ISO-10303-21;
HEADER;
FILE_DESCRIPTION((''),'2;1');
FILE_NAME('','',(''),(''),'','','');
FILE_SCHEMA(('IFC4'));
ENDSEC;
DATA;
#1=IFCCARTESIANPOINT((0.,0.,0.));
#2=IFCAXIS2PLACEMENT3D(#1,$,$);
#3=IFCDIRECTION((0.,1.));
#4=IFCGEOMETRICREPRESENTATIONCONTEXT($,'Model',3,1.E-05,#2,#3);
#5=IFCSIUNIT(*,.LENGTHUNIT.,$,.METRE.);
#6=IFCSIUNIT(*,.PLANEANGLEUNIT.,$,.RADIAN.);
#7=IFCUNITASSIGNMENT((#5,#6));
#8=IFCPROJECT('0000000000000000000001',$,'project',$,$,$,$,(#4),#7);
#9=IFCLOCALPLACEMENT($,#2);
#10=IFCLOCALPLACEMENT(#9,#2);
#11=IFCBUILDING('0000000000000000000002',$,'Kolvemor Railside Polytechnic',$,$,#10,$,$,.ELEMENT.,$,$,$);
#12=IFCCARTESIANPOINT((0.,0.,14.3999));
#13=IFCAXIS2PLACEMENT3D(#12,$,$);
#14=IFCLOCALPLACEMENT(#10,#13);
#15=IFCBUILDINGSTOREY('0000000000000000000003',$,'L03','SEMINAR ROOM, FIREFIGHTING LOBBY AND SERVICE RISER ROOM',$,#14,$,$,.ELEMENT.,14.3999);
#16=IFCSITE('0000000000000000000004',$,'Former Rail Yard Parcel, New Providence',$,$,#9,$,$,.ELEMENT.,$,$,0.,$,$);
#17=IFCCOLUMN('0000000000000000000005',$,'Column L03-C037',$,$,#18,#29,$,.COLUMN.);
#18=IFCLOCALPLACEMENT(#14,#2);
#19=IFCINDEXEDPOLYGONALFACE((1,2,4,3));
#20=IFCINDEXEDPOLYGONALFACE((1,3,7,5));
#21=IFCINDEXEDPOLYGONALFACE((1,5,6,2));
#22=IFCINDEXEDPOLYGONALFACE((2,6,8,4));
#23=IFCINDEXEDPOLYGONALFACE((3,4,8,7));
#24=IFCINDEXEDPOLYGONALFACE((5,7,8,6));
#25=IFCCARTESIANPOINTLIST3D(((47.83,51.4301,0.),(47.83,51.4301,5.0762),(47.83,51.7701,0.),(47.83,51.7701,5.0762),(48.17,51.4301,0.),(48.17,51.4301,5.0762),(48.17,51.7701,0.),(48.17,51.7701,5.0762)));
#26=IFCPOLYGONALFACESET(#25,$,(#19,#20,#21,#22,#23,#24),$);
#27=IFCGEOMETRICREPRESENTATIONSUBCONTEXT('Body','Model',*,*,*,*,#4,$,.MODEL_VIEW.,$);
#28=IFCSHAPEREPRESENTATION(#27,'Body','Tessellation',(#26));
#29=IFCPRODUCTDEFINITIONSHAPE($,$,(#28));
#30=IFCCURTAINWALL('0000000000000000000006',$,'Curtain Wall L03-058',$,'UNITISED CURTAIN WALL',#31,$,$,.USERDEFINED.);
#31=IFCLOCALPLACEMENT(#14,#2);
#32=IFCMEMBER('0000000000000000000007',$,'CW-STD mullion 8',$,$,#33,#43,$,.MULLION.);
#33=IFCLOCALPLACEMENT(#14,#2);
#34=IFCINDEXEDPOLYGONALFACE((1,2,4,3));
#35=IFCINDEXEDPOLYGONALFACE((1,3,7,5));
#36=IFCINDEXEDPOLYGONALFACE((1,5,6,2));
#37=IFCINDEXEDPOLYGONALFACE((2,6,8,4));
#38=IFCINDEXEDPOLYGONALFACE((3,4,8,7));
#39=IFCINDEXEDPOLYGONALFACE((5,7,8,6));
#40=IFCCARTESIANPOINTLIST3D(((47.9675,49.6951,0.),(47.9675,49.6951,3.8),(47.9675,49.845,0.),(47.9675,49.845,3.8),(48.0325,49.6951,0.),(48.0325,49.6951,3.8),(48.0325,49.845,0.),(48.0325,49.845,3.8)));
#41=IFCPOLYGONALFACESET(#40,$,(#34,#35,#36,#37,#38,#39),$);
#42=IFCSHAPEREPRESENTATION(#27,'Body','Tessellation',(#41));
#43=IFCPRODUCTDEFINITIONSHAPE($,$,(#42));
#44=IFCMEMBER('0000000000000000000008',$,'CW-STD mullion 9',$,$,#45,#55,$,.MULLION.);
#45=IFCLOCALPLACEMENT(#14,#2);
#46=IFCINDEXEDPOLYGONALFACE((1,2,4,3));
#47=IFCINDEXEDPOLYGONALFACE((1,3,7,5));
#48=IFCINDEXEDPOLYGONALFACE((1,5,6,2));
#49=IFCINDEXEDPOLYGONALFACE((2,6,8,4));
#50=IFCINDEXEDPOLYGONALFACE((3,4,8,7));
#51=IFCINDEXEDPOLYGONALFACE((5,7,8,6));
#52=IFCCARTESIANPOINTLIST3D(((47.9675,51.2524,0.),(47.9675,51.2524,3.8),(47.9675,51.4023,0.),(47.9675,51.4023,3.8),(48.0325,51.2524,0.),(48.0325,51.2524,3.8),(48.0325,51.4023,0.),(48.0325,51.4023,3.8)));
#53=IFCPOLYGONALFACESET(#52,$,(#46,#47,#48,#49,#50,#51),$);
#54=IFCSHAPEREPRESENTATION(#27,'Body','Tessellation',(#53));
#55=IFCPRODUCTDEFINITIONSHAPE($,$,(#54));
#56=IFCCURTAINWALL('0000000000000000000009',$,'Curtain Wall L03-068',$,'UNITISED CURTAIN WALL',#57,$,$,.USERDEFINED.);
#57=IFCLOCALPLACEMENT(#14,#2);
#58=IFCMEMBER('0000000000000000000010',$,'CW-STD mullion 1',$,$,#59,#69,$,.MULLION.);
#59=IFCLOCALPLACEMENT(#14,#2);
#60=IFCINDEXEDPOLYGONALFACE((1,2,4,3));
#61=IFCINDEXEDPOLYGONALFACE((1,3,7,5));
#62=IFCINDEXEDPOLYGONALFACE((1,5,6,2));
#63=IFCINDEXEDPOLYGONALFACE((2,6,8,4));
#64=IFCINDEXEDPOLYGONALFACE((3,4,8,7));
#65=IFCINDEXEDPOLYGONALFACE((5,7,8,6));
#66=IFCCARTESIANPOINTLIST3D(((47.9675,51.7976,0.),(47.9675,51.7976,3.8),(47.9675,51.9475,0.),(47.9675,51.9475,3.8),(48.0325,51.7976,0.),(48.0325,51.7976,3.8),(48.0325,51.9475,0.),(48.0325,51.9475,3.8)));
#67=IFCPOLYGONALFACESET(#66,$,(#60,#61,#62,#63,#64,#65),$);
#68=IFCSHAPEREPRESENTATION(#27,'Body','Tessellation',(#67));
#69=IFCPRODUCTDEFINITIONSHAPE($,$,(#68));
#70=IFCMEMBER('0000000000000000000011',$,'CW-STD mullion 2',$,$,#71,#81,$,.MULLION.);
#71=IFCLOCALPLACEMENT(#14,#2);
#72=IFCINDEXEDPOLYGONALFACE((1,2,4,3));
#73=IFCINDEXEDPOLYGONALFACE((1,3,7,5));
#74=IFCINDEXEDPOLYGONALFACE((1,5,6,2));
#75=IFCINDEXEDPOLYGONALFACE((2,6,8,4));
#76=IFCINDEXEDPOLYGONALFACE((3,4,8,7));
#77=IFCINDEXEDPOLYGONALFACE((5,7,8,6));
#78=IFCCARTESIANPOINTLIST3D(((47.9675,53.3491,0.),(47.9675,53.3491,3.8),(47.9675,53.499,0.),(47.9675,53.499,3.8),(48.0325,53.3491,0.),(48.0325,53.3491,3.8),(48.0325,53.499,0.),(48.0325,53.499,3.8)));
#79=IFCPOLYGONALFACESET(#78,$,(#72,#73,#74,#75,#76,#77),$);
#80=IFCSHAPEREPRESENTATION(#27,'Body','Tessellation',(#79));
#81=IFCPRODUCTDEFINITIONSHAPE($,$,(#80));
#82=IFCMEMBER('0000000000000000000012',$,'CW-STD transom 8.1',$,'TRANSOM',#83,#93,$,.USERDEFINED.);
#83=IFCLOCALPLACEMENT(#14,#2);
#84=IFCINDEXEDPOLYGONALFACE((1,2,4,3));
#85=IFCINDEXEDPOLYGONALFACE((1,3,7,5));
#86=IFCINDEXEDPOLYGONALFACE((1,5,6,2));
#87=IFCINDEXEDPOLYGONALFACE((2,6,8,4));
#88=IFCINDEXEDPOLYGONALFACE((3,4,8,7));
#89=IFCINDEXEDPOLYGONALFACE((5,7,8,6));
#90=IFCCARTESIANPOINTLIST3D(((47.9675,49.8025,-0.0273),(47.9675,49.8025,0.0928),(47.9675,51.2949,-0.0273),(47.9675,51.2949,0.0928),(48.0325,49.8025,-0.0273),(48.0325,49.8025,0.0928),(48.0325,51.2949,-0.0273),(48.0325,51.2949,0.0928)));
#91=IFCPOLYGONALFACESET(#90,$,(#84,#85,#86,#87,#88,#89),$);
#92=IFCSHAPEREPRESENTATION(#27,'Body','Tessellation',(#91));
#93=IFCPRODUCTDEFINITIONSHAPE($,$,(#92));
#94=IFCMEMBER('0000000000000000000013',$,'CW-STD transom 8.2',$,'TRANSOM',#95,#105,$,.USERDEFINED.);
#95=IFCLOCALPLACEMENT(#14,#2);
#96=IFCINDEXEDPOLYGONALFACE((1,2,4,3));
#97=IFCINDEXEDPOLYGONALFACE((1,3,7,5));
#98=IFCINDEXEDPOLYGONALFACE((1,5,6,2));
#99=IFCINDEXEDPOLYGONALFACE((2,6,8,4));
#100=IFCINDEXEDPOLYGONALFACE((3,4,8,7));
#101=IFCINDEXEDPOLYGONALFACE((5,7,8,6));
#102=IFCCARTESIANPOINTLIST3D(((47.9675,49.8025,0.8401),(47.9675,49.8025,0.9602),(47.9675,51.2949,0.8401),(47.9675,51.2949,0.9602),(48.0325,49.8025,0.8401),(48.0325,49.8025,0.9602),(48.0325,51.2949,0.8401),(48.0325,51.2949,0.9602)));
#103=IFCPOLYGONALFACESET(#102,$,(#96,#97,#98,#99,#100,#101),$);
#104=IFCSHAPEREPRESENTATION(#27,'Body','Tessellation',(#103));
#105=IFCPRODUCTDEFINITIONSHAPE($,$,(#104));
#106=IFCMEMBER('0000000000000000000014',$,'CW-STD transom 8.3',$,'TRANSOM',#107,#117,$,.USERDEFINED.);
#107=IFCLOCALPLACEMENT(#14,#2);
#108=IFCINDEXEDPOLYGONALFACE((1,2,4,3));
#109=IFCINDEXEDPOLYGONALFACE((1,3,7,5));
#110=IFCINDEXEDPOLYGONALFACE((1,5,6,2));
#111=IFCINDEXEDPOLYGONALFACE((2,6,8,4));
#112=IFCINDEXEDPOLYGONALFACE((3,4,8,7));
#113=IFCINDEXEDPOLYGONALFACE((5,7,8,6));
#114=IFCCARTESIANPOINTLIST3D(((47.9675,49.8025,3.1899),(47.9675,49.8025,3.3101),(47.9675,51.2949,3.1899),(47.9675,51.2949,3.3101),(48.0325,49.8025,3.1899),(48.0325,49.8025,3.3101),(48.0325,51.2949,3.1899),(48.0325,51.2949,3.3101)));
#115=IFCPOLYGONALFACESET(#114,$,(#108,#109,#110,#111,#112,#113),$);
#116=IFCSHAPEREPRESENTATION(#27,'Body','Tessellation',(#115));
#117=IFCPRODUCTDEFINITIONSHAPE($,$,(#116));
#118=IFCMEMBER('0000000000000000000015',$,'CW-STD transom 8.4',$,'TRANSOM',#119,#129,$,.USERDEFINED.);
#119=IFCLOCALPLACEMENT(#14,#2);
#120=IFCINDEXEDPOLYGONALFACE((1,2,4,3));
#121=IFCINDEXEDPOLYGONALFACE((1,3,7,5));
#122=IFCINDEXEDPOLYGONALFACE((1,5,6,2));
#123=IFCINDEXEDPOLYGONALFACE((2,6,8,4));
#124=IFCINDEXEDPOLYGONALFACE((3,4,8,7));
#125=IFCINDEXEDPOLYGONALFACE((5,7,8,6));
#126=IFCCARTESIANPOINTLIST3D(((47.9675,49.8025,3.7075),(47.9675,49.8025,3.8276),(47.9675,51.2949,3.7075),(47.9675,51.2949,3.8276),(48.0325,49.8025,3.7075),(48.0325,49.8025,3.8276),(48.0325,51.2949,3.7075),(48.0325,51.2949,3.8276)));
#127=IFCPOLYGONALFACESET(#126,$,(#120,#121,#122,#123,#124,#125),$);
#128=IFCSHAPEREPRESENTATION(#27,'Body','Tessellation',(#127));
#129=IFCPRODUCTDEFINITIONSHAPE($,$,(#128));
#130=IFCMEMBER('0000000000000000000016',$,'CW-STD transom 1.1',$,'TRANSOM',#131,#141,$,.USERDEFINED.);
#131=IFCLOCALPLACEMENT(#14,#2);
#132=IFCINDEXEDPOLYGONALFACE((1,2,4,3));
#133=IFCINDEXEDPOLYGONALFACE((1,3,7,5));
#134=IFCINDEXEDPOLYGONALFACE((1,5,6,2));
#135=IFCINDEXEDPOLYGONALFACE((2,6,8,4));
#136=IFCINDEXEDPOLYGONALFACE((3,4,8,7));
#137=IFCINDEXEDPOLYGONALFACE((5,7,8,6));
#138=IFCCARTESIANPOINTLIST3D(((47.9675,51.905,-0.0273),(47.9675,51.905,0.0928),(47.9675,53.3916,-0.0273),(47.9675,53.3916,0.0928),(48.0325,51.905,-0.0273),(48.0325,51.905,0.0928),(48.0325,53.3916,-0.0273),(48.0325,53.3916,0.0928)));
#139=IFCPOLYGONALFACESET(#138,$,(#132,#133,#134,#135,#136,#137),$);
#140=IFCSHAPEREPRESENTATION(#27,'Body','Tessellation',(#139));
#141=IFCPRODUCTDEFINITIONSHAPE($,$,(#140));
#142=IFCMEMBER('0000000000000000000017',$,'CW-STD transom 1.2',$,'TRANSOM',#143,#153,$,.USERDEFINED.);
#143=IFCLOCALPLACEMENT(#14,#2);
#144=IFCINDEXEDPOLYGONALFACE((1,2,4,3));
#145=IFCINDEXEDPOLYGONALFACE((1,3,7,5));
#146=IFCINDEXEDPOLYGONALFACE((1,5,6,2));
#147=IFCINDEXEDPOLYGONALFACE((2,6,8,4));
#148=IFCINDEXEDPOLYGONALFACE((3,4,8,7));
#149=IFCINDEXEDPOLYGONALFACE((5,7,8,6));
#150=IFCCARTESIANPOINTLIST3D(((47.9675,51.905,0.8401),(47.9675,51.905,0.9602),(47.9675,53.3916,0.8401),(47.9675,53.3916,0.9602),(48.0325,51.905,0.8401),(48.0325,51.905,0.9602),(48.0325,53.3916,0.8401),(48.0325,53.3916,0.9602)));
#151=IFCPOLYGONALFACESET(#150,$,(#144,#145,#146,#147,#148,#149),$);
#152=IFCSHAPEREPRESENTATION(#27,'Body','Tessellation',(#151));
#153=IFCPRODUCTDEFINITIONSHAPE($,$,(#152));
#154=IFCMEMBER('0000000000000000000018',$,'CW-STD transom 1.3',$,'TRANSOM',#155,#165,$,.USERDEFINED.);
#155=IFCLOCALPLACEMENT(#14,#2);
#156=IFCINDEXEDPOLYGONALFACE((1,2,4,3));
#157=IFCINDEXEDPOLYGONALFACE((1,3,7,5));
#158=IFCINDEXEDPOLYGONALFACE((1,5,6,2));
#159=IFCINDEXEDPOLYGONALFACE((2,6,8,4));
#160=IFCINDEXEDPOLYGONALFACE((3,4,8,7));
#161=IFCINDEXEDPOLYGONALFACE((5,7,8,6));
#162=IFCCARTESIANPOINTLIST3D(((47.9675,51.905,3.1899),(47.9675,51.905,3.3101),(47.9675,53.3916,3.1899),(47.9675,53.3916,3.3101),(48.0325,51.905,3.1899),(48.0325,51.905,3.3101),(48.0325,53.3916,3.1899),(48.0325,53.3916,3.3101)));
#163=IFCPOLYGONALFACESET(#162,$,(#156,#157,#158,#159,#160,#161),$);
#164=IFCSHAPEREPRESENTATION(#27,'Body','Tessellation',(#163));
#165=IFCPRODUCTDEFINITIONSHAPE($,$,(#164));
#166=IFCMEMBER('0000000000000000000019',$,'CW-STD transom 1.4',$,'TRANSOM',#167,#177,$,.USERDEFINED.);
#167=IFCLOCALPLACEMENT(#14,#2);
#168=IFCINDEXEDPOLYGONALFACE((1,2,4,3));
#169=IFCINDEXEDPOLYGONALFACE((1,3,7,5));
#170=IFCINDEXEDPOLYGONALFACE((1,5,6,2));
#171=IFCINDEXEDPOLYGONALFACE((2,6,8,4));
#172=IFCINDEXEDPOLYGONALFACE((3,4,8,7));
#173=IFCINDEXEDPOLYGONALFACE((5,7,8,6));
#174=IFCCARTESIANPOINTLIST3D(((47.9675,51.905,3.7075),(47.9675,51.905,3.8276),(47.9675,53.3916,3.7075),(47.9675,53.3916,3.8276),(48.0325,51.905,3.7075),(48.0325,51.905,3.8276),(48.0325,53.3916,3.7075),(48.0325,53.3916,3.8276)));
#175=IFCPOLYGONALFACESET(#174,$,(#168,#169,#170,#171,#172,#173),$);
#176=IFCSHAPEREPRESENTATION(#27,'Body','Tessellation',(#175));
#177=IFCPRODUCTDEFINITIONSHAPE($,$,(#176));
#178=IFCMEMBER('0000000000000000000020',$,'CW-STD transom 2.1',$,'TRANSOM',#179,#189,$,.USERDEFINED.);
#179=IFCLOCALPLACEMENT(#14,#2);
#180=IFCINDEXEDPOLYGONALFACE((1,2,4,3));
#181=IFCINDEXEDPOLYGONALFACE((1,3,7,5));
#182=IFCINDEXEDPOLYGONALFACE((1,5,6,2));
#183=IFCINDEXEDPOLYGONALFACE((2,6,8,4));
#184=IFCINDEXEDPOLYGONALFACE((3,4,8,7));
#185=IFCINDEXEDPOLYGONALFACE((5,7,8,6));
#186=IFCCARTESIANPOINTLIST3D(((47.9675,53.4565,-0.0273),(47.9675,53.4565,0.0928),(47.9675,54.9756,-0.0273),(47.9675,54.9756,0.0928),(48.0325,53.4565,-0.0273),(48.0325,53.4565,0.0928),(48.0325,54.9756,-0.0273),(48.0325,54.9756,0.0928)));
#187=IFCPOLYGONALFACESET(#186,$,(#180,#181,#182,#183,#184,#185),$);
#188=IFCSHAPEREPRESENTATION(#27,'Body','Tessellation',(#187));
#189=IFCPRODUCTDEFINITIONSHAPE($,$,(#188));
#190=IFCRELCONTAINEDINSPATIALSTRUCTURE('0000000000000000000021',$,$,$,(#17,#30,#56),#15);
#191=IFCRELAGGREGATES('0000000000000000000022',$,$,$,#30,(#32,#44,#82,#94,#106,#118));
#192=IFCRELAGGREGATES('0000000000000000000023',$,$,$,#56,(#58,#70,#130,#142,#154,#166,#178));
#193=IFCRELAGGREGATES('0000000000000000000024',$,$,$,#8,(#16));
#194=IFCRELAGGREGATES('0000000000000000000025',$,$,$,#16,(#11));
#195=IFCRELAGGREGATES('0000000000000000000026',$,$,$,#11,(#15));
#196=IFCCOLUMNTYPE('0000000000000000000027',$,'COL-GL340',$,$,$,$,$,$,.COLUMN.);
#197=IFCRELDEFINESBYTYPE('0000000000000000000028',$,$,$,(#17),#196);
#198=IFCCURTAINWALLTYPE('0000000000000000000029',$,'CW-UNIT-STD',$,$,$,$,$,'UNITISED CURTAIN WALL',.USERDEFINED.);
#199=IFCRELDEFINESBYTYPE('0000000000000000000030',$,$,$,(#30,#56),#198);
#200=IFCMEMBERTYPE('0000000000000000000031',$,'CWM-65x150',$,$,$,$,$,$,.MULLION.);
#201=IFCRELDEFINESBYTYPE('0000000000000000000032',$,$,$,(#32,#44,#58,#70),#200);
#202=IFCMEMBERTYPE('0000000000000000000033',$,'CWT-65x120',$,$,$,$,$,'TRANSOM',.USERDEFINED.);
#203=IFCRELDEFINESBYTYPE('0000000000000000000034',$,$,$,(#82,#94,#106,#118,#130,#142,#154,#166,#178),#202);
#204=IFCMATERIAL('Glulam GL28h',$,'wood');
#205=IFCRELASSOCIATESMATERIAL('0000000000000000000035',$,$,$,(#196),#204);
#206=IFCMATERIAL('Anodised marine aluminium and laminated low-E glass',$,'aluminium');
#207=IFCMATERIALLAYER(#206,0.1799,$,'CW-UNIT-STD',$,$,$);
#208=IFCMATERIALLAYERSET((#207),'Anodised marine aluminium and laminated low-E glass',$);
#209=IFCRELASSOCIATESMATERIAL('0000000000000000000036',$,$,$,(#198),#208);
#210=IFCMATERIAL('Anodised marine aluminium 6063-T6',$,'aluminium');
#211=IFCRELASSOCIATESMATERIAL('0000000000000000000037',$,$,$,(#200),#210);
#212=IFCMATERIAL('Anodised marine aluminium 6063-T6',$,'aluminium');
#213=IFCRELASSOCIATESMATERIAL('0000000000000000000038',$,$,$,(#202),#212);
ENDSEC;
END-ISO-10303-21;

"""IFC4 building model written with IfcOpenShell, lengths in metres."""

from ifc_helpers import new_model, si_unit, direction, frame, origin, origin_2d, place, context, subcontext, project, spatial, rectangle, extrude, material, layer, layer_set, material_profile, profile_set, type_object, element, aggregate, save


model = new_model("IFC4")

# Units and contexts
model_context = context("Model", 3, precision=1e-05, world=origin(), true_north=direction((0.0, 1.0)))
body_context = subcontext(model_context, "Body", "Model", "MODEL_VIEW")
ifc_project = project(units=[si_unit("LENGTHUNIT", "METRE"), si_unit("PLANEANGLEUNIT", "RADIAN")], contexts=[model_context])

# Site, building, storey
site_placement = place(None, origin())
site = spatial("IfcSite", under=ifc_project, at=site_placement, Name="Former Rail Yard Parcel, New Providence", CompositionType="ELEMENT", RefElevation=0.0)
building_placement = place(site_placement, origin())
building = spatial("IfcBuilding", under=site, at=building_placement, Name="Kolvemor Railside Polytechnic", CompositionType="ELEMENT")
storey_placement = place(building_placement, frame((0.0, 0.0, 14.3999)))
storey = spatial("IfcBuildingStorey", under=building, at=storey_placement, Name="L03", Description="SEMINAR ROOM, FIREFIGHTING LOBBY AND SERVICE RISER ROOM", CompositionType="ELEMENT", Elevation=14.3999)

# Column
ifc_material_1 = material(Name="Glulam GL28h", Category="wood")
ifc_material_profile_1 = material_profile(ifc_material_1, rectangle(XDim=0.3401, YDim=0.3401, at=origin_2d()), Name="GL340x340")
ifc_profile_set_1 = profile_set([ifc_material_profile_1], Name="Glulam GL28h")
column_type = type_object("IfcColumnType", Name="COL-GL340", PredefinedType="COLUMN", material=ifc_profile_set_1)
column_placement = place(storey_placement, frame((48.0, 51.6001, 0.0), z_axis=(0.0, 0.0, 1.0), x_axis=(1.0, 0.0, 0.0)))
element("IfcColumn", 1, at=column_placement, inside=storey, type_object=column_type, Name="Column L03-C037", PredefinedType="COLUMN", context=body_context, shape_type="SweptSolid", body=[
    extrude(rectangle(XDim=0.3401, YDim=0.3401, at=origin_2d()), origin(), (0.0, 0.0, 1.0), 5.0762),
])

# Curtain walls, members
ifc_material_2 = material(Name="Anodised marine aluminium and laminated low-E glass", Category="aluminium")
ifc_layer_1 = layer(ifc_material_2, 0.1799, Name="CW-UNIT-STD")
ifc_layer_set_1 = layer_set([ifc_layer_1], Name="Anodised marine aluminium and laminated low-E glass")
curtain_wall_type = type_object("IfcCurtainWallType", Name="CW-UNIT-STD", ElementType="UNITISED CURTAIN WALL", PredefinedType="USERDEFINED", material=ifc_layer_set_1)
curtain_wall_1_placement = place(storey_placement, origin())
curtain_wall_1 = element("IfcCurtainWall", 2, at=curtain_wall_1_placement, inside=storey, type_object=curtain_wall_type, Name="Curtain Wall L03-058", ObjectType="UNITISED CURTAIN WALL", PredefinedType="USERDEFINED")
ifc_material_3 = material(Name="Anodised marine aluminium 6063-T6", Category="aluminium")
ifc_material_profile_2 = material_profile(ifc_material_3, rectangle(XDim=0.0649, YDim=0.1499, at=origin_2d()), Name="CW-MUL-65x150")
ifc_profile_set_2 = profile_set([ifc_material_profile_2], Name="Anodised marine aluminium 6063-T6")
member_type_1 = type_object("IfcMemberType", Name="CWM-65x150", PredefinedType="MULLION", material=ifc_profile_set_2)
member_1_placement = place(storey_placement, frame((48.0, 49.77, 0.0), z_axis=(0.0, 0.0, 1.0), x_axis=(-1.0, 0.0, 0.0)))
member_1 = element("IfcMember", 3, at=member_1_placement, type_object=member_type_1, Name="CW-STD mullion 8", PredefinedType="MULLION", context=body_context, shape_type="SweptSolid", body=[
    extrude(rectangle(XDim=0.0649, YDim=0.1499, at=origin_2d()), origin(), (0.0, 0.0, 1.0), 3.8),
])
member_2_placement = place(storey_placement, frame((48.0, 51.3274, 0.0), z_axis=(0.0, 0.0, 1.0), x_axis=(-1.0, 0.0, 0.0)))
member_2 = element("IfcMember", 4, at=member_2_placement, type_object=member_type_1, Name="CW-STD mullion 9", PredefinedType="MULLION", context=body_context, shape_type="SweptSolid", body=[
    extrude(rectangle(XDim=0.0649, YDim=0.1499, at=origin_2d()), origin(), (0.0, 0.0, 1.0), 3.8),
])
curtain_wall_2_placement = place(storey_placement, origin())
curtain_wall_2 = element("IfcCurtainWall", 5, at=curtain_wall_2_placement, inside=storey, type_object=curtain_wall_type, Name="Curtain Wall L03-068", ObjectType="UNITISED CURTAIN WALL", PredefinedType="USERDEFINED")
member_3_placement = place(storey_placement, frame((48.0, 51.8726, 0.0), z_axis=(0.0, 0.0, 1.0), x_axis=(-1.0, 0.0, 0.0)))
member_3 = element("IfcMember", 6, at=member_3_placement, type_object=member_type_1, Name="CW-STD mullion 1", PredefinedType="MULLION", context=body_context, shape_type="SweptSolid", body=[
    extrude(rectangle(XDim=0.0649, YDim=0.1499, at=origin_2d()), origin(), (0.0, 0.0, 1.0), 3.8),
])
member_4_placement = place(storey_placement, frame((48.0, 53.4241, 0.0), z_axis=(0.0, 0.0, 1.0), x_axis=(-1.0, 0.0, 0.0)))
member_4 = element("IfcMember", 7, at=member_4_placement, type_object=member_type_1, Name="CW-STD mullion 2", PredefinedType="MULLION", context=body_context, shape_type="SweptSolid", body=[
    extrude(rectangle(XDim=0.0649, YDim=0.1499, at=origin_2d()), origin(), (0.0, 0.0, 1.0), 3.8),
])

# Members
ifc_material_4 = material(Name="Anodised marine aluminium 6063-T6", Category="aluminium")
ifc_material_profile_3 = material_profile(ifc_material_4, rectangle(XDim=0.0649, YDim=0.1201, at=origin_2d()), Name="CW-TRN-65x120")
ifc_profile_set_3 = profile_set([ifc_material_profile_3], Name="Anodised marine aluminium 6063-T6")
member_type_2 = type_object("IfcMemberType", Name="CWT-65x120", ElementType="TRANSOM", PredefinedType="USERDEFINED", material=ifc_profile_set_3)
member_5_placement = place(storey_placement, frame((48.0, 49.8025, 0.0327), z_axis=(0.0, 1.0, 0.0), x_axis=(-1.0, 0.0, 0.0)))
member_5 = element("IfcMember", 8, at=member_5_placement, type_object=member_type_2, Name="CW-STD transom 8.1", ObjectType="TRANSOM", PredefinedType="USERDEFINED", context=body_context, shape_type="SweptSolid", body=[
    extrude(rectangle(XDim=0.0649, YDim=0.1201, at=origin_2d()), origin(), (0.0, 0.0, 1.0), 1.4924),
])
member_6_placement = place(storey_placement, frame((48.0, 49.8025, 0.9001), z_axis=(0.0, 1.0, 0.0), x_axis=(-1.0, 0.0, 0.0)))
member_6 = element("IfcMember", 9, at=member_6_placement, type_object=member_type_2, Name="CW-STD transom 8.2", ObjectType="TRANSOM", PredefinedType="USERDEFINED", context=body_context, shape_type="SweptSolid", body=[
    extrude(rectangle(XDim=0.0649, YDim=0.1201, at=origin_2d()), origin(), (0.0, 0.0, 1.0), 1.4924),
])
member_7_placement = place(storey_placement, frame((48.0, 49.8025, 3.25), z_axis=(0.0, 1.0, 0.0), x_axis=(-1.0, 0.0, 0.0)))
member_7 = element("IfcMember", 10, at=member_7_placement, type_object=member_type_2, Name="CW-STD transom 8.3", ObjectType="TRANSOM", PredefinedType="USERDEFINED", context=body_context, shape_type="SweptSolid", body=[
    extrude(rectangle(XDim=0.0649, YDim=0.1201, at=origin_2d()), origin(), (0.0, 0.0, 1.0), 1.4924),
])
member_8_placement = place(storey_placement, frame((48.0, 49.8025, 3.7676), z_axis=(0.0, 1.0, 0.0), x_axis=(-1.0, 0.0, 0.0)))
member_8 = element("IfcMember", 11, at=member_8_placement, type_object=member_type_2, Name="CW-STD transom 8.4", ObjectType="TRANSOM", PredefinedType="USERDEFINED", context=body_context, shape_type="SweptSolid", body=[
    extrude(rectangle(XDim=0.0649, YDim=0.1201, at=origin_2d()), origin(), (0.0, 0.0, 1.0), 1.4924),
])
member_9_placement = place(storey_placement, frame((48.0, 51.905, 0.0327), z_axis=(0.0, 1.0, 0.0), x_axis=(-1.0, 0.0, 0.0)))
member_9 = element("IfcMember", 12, at=member_9_placement, type_object=member_type_2, Name="CW-STD transom 1.1", ObjectType="TRANSOM", PredefinedType="USERDEFINED", context=body_context, shape_type="SweptSolid", body=[
    extrude(rectangle(XDim=0.0649, YDim=0.1201, at=origin_2d()), origin(), (0.0, 0.0, 1.0), 1.4866),
])
member_10_placement = place(storey_placement, frame((48.0, 51.905, 0.9001), z_axis=(0.0, 1.0, 0.0), x_axis=(-1.0, 0.0, 0.0)))
member_10 = element("IfcMember", 13, at=member_10_placement, type_object=member_type_2, Name="CW-STD transom 1.2", ObjectType="TRANSOM", PredefinedType="USERDEFINED", context=body_context, shape_type="SweptSolid", body=[
    extrude(rectangle(XDim=0.0649, YDim=0.1201, at=origin_2d()), origin(), (0.0, 0.0, 1.0), 1.4866),
])
member_11_placement = place(storey_placement, frame((48.0, 51.905, 3.25), z_axis=(0.0, 1.0, 0.0), x_axis=(-1.0, 0.0, 0.0)))
member_11 = element("IfcMember", 14, at=member_11_placement, type_object=member_type_2, Name="CW-STD transom 1.3", ObjectType="TRANSOM", PredefinedType="USERDEFINED", context=body_context, shape_type="SweptSolid", body=[
    extrude(rectangle(XDim=0.0649, YDim=0.1201, at=origin_2d()), origin(), (0.0, 0.0, 1.0), 1.4866),
])
member_12_placement = place(storey_placement, frame((48.0, 51.905, 3.7676), z_axis=(0.0, 1.0, 0.0), x_axis=(-1.0, 0.0, 0.0)))
member_12 = element("IfcMember", 15, at=member_12_placement, type_object=member_type_2, Name="CW-STD transom 1.4", ObjectType="TRANSOM", PredefinedType="USERDEFINED", context=body_context, shape_type="SweptSolid", body=[
    extrude(rectangle(XDim=0.0649, YDim=0.1201, at=origin_2d()), origin(), (0.0, 0.0, 1.0), 1.4866),
])
member_13_placement = place(storey_placement, frame((48.0, 53.4565, 0.0327), z_axis=(0.0, 1.0, 0.0), x_axis=(-1.0, 0.0, 0.0)))
member_13 = element("IfcMember", 16, at=member_13_placement, type_object=member_type_2, Name="CW-STD transom 2.1", ObjectType="TRANSOM", PredefinedType="USERDEFINED", context=body_context, shape_type="SweptSolid", body=[
    extrude(rectangle(XDim=0.0649, YDim=0.1201, at=origin_2d()), origin(), (0.0, 0.0, 1.0), 1.519),
])

aggregate(curtain_wall_1, [member_1, member_2, member_5, member_6, member_7, member_8])
aggregate(curtain_wall_2, [member_3, member_4, member_9, member_10, member_11, member_12, member_13])

save(model, "model.ifc")
